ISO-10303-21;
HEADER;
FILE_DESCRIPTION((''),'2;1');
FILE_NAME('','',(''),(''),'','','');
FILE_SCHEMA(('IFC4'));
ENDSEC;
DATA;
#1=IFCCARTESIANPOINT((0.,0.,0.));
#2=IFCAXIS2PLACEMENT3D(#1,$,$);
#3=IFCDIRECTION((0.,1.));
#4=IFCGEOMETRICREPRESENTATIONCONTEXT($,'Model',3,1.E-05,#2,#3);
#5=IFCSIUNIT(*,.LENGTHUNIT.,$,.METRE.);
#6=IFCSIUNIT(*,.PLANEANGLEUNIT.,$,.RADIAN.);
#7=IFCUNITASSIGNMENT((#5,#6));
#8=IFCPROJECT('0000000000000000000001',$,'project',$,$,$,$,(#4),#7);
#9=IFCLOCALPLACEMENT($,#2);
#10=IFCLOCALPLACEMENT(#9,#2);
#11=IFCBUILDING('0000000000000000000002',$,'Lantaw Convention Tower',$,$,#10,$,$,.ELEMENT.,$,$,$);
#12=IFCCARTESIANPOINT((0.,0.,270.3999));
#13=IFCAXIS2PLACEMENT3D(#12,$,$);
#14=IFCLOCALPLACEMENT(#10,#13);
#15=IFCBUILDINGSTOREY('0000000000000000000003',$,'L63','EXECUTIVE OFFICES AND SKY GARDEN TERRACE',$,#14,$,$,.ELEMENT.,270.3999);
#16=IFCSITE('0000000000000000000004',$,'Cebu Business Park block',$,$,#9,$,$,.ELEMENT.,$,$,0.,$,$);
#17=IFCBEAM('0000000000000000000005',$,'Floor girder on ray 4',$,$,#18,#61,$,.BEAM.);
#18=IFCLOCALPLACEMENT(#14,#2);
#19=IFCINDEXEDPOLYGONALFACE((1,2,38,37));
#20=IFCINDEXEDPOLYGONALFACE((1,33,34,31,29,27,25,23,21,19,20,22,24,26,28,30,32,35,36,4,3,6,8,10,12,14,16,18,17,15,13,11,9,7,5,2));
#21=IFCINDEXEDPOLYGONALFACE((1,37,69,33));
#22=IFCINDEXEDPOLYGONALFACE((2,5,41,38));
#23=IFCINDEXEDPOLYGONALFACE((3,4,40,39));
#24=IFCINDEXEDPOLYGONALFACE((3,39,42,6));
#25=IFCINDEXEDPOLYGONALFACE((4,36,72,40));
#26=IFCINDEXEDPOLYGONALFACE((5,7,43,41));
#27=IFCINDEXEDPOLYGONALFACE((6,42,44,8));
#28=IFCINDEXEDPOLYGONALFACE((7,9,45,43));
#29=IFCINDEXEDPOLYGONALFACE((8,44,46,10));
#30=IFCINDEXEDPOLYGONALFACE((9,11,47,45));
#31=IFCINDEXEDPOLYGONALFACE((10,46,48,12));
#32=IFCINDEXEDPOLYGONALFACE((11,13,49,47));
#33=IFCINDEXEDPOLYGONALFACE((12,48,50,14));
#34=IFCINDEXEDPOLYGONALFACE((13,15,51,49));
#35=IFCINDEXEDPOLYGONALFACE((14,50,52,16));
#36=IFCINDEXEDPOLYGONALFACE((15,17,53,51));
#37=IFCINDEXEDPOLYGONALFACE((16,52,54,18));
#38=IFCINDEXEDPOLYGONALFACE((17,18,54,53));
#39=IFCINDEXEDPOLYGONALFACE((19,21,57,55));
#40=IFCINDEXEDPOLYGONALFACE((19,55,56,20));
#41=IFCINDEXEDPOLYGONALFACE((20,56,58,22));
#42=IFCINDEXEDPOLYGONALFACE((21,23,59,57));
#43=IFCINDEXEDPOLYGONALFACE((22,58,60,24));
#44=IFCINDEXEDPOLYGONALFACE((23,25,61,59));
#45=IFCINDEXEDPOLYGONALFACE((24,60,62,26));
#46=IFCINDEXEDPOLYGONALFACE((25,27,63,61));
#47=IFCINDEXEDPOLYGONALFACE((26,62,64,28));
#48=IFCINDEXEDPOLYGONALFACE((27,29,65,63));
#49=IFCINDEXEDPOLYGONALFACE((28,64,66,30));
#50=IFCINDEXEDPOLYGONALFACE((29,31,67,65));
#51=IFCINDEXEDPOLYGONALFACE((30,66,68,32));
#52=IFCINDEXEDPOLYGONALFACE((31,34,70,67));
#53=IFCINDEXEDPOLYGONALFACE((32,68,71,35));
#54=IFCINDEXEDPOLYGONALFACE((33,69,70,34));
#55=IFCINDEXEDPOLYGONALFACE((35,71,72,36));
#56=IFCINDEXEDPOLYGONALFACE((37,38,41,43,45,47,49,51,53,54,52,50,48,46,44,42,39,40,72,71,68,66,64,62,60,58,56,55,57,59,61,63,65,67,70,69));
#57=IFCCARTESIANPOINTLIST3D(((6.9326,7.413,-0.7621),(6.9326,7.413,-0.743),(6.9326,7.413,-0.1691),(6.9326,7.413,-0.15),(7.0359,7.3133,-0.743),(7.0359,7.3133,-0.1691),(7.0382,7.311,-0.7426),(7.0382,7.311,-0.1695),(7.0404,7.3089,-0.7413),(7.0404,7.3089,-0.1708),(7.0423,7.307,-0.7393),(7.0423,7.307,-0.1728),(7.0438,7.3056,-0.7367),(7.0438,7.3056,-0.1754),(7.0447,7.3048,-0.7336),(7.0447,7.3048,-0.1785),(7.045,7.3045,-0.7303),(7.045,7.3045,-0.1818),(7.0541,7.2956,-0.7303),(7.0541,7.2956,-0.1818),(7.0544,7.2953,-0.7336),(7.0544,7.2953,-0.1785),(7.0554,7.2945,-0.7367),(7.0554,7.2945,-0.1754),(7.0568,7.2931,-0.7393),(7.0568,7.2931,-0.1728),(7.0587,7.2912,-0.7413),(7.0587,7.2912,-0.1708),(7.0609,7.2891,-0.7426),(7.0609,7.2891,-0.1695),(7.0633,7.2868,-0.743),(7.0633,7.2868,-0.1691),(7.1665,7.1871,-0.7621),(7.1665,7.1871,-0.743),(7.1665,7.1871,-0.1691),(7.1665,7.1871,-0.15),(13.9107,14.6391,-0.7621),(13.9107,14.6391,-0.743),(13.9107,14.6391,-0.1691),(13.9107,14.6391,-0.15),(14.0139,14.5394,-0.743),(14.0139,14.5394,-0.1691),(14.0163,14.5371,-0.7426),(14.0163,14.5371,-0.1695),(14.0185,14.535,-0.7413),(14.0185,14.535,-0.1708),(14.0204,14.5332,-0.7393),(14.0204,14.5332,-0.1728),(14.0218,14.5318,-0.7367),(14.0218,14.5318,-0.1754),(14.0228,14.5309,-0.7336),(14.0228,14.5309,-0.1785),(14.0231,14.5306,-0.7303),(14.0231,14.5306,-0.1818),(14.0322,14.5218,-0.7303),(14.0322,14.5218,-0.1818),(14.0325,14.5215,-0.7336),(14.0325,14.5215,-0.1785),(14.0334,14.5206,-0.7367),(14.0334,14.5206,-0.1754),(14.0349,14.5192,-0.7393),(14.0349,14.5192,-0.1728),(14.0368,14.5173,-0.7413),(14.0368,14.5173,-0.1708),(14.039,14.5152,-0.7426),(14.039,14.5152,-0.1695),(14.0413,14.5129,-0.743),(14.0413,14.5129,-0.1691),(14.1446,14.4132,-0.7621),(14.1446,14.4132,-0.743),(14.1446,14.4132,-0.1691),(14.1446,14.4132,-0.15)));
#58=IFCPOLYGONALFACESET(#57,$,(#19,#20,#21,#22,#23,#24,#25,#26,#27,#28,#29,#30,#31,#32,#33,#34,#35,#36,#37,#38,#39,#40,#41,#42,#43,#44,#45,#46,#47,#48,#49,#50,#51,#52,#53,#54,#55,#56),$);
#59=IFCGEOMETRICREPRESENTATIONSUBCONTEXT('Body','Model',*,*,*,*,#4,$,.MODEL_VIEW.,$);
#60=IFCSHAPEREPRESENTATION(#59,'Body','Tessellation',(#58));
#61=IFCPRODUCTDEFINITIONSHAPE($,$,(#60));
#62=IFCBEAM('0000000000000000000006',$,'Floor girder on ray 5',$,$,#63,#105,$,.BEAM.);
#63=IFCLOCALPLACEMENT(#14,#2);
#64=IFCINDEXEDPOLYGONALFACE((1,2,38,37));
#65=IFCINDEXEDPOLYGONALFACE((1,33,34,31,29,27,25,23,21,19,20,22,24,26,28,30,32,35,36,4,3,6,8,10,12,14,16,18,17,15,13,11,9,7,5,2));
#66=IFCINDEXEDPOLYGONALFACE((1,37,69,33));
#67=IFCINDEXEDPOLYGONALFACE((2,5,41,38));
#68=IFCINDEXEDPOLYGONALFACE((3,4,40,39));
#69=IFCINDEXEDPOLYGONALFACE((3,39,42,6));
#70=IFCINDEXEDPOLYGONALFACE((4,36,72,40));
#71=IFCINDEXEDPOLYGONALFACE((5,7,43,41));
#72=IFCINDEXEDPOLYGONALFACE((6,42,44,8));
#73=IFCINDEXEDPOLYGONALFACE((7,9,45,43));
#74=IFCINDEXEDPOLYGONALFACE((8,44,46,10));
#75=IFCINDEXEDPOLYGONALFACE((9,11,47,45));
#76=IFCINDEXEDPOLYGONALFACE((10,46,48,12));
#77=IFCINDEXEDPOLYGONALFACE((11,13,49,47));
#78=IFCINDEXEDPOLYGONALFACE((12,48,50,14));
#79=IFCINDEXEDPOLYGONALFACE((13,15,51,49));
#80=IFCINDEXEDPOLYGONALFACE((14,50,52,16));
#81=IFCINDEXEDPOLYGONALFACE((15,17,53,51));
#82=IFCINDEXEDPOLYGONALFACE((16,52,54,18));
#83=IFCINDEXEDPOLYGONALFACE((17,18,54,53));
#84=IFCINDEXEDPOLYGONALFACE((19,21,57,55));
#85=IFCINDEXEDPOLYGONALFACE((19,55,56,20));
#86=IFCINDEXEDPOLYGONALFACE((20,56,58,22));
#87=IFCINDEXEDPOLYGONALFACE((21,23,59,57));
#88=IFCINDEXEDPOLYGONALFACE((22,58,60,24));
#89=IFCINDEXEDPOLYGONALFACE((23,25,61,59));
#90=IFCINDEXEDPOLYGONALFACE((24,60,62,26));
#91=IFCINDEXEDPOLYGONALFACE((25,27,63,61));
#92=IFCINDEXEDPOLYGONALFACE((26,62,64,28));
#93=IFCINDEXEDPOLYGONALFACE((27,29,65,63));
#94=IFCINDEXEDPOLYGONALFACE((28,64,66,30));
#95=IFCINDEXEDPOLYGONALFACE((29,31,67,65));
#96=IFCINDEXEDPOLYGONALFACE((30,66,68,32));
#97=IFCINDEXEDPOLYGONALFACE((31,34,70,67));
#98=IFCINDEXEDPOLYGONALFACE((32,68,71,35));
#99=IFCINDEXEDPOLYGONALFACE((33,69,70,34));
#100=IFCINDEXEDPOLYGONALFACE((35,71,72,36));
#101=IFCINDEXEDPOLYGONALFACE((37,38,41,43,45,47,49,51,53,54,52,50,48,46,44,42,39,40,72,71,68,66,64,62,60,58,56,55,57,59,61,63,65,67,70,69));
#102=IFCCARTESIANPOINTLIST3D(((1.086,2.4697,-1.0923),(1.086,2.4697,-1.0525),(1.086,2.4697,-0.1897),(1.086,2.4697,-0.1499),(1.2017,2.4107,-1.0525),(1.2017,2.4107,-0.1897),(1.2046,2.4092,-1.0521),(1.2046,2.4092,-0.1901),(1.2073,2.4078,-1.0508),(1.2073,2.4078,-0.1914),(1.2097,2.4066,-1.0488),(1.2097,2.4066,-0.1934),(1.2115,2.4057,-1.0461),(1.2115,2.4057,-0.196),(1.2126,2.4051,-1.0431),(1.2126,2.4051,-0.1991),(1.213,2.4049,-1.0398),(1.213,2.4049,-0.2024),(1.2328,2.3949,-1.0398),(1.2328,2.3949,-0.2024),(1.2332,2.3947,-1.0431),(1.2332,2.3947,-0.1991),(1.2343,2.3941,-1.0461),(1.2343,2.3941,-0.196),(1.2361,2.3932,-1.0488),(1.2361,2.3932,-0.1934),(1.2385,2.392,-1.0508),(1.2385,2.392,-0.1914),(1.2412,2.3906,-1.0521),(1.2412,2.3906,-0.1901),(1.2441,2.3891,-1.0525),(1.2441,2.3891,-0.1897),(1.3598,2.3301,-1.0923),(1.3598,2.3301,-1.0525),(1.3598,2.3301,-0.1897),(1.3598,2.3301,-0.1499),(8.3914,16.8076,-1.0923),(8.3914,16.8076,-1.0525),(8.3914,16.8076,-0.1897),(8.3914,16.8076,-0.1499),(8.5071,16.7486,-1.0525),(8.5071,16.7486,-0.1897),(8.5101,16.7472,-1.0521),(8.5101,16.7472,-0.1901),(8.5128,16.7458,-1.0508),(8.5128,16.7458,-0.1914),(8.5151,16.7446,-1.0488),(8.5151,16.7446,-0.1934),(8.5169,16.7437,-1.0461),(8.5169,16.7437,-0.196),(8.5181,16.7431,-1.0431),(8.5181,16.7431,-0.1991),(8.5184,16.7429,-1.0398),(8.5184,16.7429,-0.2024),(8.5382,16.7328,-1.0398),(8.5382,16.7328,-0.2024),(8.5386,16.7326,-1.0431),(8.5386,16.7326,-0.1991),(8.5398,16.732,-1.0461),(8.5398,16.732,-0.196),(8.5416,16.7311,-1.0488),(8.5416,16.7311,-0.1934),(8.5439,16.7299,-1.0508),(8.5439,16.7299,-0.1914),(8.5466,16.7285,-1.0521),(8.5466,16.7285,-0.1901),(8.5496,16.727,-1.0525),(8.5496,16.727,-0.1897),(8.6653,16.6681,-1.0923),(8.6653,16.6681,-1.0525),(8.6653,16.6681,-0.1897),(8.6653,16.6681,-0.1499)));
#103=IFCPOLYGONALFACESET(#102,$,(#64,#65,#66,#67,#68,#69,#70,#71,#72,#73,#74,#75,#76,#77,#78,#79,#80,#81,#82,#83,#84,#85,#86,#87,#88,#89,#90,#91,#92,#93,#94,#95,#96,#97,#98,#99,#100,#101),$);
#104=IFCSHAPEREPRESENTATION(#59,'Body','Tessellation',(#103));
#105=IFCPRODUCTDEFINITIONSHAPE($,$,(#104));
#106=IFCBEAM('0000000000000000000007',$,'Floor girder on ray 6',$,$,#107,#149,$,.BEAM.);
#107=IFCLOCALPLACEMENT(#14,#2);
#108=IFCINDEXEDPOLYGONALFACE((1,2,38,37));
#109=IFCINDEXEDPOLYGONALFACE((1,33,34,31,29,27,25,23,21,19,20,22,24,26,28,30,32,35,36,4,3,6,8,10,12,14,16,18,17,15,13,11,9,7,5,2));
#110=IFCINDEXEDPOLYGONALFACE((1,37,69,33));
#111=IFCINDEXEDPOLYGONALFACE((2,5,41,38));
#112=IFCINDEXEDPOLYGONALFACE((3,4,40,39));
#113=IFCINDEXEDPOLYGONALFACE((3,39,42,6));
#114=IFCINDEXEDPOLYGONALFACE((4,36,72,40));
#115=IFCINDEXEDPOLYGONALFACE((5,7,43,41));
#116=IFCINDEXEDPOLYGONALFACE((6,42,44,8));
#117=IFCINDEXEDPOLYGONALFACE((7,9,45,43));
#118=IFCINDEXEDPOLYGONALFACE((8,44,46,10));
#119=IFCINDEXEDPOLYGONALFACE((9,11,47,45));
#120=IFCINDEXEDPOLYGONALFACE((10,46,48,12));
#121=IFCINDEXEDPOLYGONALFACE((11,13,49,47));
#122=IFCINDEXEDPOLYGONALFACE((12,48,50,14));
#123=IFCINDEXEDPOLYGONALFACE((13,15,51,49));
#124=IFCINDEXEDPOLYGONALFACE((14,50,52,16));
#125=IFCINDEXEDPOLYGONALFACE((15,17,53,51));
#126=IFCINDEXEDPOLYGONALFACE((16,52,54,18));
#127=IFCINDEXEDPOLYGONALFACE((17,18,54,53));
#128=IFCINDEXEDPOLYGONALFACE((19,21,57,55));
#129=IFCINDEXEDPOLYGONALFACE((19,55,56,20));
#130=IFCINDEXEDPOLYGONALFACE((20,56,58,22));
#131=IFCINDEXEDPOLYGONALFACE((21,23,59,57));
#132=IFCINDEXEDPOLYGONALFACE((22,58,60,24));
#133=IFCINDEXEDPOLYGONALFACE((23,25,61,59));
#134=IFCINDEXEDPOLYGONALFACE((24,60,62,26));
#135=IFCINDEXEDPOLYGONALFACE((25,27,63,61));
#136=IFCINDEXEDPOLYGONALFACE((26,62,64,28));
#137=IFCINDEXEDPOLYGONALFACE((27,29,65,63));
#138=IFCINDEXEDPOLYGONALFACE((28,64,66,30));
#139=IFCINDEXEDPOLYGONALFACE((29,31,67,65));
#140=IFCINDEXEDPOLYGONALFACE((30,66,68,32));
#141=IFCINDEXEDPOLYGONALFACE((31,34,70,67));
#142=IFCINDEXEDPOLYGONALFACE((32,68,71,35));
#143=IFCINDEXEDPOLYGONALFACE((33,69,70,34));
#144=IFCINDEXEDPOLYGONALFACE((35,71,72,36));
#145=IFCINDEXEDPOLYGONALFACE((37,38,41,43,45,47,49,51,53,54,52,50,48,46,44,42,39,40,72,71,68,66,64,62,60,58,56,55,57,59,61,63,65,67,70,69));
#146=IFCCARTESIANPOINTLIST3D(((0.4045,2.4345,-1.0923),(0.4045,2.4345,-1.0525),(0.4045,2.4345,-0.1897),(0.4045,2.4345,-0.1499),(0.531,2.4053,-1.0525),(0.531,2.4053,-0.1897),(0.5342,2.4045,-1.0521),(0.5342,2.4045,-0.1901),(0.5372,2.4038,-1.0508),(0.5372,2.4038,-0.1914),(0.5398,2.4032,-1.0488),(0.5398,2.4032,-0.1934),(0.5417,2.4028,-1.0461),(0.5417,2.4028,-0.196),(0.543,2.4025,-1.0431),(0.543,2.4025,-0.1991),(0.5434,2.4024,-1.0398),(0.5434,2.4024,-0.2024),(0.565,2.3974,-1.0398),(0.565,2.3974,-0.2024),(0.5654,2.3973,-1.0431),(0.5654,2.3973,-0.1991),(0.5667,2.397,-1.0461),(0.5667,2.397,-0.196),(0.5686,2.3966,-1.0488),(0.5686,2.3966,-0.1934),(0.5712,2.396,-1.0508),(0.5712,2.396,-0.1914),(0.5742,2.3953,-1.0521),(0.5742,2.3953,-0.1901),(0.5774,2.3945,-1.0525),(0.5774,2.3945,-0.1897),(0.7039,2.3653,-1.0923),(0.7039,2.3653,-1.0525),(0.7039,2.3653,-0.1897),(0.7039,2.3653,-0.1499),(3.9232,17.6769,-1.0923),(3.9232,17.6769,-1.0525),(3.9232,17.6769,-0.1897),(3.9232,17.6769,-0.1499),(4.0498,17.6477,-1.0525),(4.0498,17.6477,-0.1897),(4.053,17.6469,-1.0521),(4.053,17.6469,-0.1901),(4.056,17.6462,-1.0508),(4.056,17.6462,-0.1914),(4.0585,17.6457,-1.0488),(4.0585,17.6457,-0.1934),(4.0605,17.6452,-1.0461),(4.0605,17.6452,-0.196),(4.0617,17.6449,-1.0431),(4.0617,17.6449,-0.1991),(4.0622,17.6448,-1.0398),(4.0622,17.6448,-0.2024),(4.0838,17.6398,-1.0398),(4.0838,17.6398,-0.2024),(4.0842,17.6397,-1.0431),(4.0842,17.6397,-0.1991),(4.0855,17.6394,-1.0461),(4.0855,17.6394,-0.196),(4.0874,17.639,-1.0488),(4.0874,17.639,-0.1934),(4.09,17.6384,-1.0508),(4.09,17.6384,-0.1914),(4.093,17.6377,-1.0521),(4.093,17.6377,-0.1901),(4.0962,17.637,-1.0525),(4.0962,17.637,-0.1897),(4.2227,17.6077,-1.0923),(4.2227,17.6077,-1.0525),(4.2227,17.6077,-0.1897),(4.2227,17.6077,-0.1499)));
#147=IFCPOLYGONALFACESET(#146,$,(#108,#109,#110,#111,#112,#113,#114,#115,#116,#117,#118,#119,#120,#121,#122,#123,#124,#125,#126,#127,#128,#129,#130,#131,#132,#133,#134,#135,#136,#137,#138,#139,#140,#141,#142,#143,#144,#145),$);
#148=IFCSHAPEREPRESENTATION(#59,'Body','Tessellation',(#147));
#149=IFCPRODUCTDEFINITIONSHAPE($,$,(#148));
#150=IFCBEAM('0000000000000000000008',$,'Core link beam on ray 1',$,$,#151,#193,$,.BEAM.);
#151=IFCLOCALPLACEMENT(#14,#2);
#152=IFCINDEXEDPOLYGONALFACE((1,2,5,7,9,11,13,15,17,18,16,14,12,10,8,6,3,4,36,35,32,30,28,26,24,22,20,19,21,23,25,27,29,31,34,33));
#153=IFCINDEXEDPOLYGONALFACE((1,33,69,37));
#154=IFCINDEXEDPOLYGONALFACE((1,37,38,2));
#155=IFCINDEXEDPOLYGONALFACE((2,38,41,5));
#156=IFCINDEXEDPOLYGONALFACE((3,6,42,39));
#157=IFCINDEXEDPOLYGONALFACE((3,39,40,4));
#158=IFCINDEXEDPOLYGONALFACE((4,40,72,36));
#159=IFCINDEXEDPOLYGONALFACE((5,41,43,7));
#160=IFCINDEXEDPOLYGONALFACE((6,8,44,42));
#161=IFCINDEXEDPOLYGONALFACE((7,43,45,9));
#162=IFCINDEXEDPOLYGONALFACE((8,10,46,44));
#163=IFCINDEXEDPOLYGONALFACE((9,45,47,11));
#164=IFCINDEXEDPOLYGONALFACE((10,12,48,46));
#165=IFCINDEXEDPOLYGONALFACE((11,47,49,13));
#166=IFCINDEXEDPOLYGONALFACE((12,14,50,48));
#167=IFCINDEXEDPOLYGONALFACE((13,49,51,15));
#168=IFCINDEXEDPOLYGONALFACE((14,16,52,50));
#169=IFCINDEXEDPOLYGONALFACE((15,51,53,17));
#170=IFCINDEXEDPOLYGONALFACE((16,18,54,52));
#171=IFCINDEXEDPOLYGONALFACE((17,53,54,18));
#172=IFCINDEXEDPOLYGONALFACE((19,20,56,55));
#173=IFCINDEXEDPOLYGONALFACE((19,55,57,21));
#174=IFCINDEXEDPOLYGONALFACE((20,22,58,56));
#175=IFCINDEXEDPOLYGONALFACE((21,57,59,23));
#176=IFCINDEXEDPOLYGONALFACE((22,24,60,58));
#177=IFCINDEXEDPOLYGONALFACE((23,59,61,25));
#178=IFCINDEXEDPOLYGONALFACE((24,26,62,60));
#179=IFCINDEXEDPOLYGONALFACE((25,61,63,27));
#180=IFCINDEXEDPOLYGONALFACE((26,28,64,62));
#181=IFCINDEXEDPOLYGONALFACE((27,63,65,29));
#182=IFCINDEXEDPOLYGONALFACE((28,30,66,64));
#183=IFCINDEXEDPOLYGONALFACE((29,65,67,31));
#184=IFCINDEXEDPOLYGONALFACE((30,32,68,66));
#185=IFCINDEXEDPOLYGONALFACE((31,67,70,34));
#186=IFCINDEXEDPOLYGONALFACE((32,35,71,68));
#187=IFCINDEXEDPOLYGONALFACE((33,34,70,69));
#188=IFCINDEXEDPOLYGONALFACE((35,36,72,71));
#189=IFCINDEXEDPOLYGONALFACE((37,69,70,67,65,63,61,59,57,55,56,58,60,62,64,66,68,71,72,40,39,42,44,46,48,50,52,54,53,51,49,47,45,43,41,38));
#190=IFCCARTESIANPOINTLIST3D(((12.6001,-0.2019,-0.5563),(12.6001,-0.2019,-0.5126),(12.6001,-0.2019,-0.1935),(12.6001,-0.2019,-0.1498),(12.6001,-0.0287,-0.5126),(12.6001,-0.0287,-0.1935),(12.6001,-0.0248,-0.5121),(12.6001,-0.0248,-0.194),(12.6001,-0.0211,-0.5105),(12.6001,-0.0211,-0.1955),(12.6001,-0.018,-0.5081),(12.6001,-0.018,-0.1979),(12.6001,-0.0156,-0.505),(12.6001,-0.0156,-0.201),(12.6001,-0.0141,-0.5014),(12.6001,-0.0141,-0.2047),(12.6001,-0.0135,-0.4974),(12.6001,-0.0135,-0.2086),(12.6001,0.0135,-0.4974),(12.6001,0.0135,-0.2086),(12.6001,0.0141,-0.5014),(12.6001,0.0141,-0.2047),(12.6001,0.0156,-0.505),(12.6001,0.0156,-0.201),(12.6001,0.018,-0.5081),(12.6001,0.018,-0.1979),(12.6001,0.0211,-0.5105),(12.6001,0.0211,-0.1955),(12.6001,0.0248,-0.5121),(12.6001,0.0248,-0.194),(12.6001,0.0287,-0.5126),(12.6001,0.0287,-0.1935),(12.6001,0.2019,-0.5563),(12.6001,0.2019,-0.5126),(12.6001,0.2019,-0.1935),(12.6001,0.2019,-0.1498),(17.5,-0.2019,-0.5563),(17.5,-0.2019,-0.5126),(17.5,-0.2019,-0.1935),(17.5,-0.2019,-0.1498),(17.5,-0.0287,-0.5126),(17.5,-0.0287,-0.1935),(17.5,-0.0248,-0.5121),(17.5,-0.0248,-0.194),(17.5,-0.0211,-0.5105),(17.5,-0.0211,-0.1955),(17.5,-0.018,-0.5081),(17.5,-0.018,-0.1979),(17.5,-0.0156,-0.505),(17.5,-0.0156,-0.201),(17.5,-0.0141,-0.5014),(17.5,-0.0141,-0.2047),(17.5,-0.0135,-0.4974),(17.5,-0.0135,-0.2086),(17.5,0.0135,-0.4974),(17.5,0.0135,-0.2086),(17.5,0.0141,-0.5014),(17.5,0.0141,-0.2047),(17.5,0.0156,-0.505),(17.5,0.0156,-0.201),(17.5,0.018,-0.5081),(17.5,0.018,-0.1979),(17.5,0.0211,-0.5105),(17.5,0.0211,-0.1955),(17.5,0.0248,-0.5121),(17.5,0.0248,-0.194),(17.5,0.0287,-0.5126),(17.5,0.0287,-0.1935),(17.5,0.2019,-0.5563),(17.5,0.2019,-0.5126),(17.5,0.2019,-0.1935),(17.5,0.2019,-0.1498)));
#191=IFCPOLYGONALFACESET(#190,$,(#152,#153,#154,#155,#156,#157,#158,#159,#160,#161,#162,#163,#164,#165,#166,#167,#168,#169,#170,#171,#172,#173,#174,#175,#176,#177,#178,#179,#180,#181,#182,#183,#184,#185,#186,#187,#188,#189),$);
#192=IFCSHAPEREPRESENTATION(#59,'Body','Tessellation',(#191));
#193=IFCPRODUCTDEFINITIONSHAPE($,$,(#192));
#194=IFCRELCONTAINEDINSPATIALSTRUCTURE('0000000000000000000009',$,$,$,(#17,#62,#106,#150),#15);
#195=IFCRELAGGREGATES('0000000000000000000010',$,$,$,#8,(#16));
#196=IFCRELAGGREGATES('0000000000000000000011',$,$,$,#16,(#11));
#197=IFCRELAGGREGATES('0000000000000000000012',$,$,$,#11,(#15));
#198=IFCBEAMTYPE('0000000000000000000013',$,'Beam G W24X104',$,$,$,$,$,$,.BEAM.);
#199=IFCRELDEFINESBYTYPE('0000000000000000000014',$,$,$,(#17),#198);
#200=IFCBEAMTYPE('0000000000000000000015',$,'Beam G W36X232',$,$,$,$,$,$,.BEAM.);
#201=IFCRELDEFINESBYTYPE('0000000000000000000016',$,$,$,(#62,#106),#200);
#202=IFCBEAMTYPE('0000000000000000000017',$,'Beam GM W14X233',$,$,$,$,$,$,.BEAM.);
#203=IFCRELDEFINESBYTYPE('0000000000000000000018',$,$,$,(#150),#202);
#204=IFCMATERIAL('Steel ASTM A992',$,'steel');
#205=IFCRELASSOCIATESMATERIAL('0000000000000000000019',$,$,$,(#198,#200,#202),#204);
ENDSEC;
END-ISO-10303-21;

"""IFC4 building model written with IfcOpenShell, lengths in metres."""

from ifc_helpers import new_model, si_unit, direction, frame, origin, origin_2d, place, context, subcontext, project, spatial, i_section, extrude, material, material_profile, profile_set, type_object, element, save


model = new_model("IFC4")

# Units and contexts
model_context = context("Model", 3, precision=1e-05, world=origin(), true_north=direction((0.0, 1.0)))
body_context = subcontext(model_context, "Body", "Model", "MODEL_VIEW")
ifc_project = project(units=[si_unit("LENGTHUNIT", "METRE"), si_unit("PLANEANGLEUNIT", "RADIAN")], contexts=[model_context])

# Site, building, storey
site_placement = place(None, origin())
site = spatial("IfcSite", under=ifc_project, at=site_placement, Name="Cebu Business Park block", CompositionType="ELEMENT", RefElevation=0.0)
building_placement = place(site_placement, origin())
building = spatial("IfcBuilding", under=site, at=building_placement, Name="Lantaw Convention Tower", CompositionType="ELEMENT")
storey_placement = place(building_placement, frame((0.0, 0.0, 270.3999)))
storey = spatial("IfcBuildingStorey", under=building, at=storey_placement, Name="L63", Description="EXECUTIVE OFFICES AND SKY GARDEN TERRACE", CompositionType="ELEMENT", Elevation=270.3999)

# Beams
ifc_material_1 = material(Name="Steel ASTM A992", Category="steel")
ifc_material_profile_1 = material_profile(ifc_material_1, i_section(OverallWidth=0.3252, OverallDepth=0.6121, WebThickness=0.0127, FlangeThickness=0.019, FilletRadius=0.0127, at=origin_2d()), Name="W24X104")
ifc_profile_set_1 = profile_set([ifc_material_profile_1], Name="Steel ASTM A992")
beam_type_1 = type_object("IfcBeamType", Name="Beam G W24X104", PredefinedType="BEAM", material=ifc_profile_set_1)
beam_1_placement = place(storey_placement, frame((7.0496, 7.3, -0.4561), z_axis=(0.694653, 0.719345, 0.0), x_axis=(-0.719345, 0.694653, 0.0)))
element("IfcBeam", 1, at=beam_1_placement, inside=storey, type_object=beam_type_1, Name="Floor girder on ray 4", PredefinedType="BEAM", context=body_context, shape_type="SweptSolid", body=[
    extrude(i_section(OverallWidth=0.3252, OverallDepth=0.6121, WebThickness=0.0127, FlangeThickness=0.019, FilletRadius=0.0127, at=origin_2d()), origin(), (0.0, 0.0, 1.0), 10.0454),
])
ifc_material_profile_2 = material_profile(ifc_material_1, i_section(OverallWidth=0.3074, OverallDepth=0.9424, WebThickness=0.0222, FlangeThickness=0.0398, FilletRadius=0.0127, at=origin_2d()), Name="W36X232")
ifc_profile_set_2 = profile_set([ifc_material_profile_2], Name="Steel ASTM A992")
beam_type_2 = type_object("IfcBeamType", Name="Beam G W36X232", PredefinedType="BEAM", material=ifc_profile_set_2)
beam_2_placement = place(storey_placement, frame((1.2229, 2.3999, -0.6211), z_axis=(0.453986, 0.891009, 0.0), x_axis=(-0.891009, 0.453986, 0.0)))
element("IfcBeam", 2, at=beam_2_placement, inside=storey, type_object=beam_type_2, Name="Floor girder on ray 5", PredefinedType="BEAM", context=body_context, shape_type="SweptSolid", body=[
    extrude(i_section(OverallWidth=0.3074, OverallDepth=0.9424, WebThickness=0.0222, FlangeThickness=0.0398, FilletRadius=0.0127, at=origin_2d()), origin(), (0.0, 0.0, 1.0), 16.0918),
])
beam_3_placement = place(storey_placement, frame((0.5542, 2.3999, -0.6211), z_axis=(0.224939, 0.974373, 0.0), x_axis=(-0.974373, 0.224939, 0.0)))
element("IfcBeam", 3, at=beam_3_placement, inside=storey, type_object=beam_type_2, Name="Floor girder on ray 6", PredefinedType="BEAM", context=body_context, shape_type="SweptSolid", body=[
    extrude(i_section(OverallWidth=0.3074, OverallDepth=0.9424, WebThickness=0.0222, FlangeThickness=0.0398, FilletRadius=0.0127, at=origin_2d()), origin(), (0.0, 0.0, 1.0), 15.6433),
])
ifc_material_profile_3 = material_profile(ifc_material_1, i_section(OverallWidth=0.4038, OverallDepth=0.4065, WebThickness=0.0271, FlangeThickness=0.0437, FilletRadius=0.0151, at=origin_2d()), Name="W14X233")
ifc_profile_set_3 = profile_set([ifc_material_profile_3], Name="Steel ASTM A992")
beam_type_3 = type_object("IfcBeamType", Name="Beam GM W14X233", PredefinedType="BEAM", material=ifc_profile_set_3)
beam_4_placement = place(storey_placement, frame((12.6001, 0.0, -0.353), z_axis=(1.0, 0.0, 0.0), x_axis=(0.0, 1.0, 0.0)))
element("IfcBeam", 4, at=beam_4_placement, inside=storey, type_object=beam_type_3, Name="Core link beam on ray 1", PredefinedType="BEAM", context=body_context, shape_type="SweptSolid", body=[
    extrude(i_section(OverallWidth=0.4038, OverallDepth=0.4065, WebThickness=0.0271, FlangeThickness=0.0437, FilletRadius=0.0151, at=origin_2d()), origin(), (0.0, 0.0, 1.0), 4.8999),
])

save(model, "model.ifc")
